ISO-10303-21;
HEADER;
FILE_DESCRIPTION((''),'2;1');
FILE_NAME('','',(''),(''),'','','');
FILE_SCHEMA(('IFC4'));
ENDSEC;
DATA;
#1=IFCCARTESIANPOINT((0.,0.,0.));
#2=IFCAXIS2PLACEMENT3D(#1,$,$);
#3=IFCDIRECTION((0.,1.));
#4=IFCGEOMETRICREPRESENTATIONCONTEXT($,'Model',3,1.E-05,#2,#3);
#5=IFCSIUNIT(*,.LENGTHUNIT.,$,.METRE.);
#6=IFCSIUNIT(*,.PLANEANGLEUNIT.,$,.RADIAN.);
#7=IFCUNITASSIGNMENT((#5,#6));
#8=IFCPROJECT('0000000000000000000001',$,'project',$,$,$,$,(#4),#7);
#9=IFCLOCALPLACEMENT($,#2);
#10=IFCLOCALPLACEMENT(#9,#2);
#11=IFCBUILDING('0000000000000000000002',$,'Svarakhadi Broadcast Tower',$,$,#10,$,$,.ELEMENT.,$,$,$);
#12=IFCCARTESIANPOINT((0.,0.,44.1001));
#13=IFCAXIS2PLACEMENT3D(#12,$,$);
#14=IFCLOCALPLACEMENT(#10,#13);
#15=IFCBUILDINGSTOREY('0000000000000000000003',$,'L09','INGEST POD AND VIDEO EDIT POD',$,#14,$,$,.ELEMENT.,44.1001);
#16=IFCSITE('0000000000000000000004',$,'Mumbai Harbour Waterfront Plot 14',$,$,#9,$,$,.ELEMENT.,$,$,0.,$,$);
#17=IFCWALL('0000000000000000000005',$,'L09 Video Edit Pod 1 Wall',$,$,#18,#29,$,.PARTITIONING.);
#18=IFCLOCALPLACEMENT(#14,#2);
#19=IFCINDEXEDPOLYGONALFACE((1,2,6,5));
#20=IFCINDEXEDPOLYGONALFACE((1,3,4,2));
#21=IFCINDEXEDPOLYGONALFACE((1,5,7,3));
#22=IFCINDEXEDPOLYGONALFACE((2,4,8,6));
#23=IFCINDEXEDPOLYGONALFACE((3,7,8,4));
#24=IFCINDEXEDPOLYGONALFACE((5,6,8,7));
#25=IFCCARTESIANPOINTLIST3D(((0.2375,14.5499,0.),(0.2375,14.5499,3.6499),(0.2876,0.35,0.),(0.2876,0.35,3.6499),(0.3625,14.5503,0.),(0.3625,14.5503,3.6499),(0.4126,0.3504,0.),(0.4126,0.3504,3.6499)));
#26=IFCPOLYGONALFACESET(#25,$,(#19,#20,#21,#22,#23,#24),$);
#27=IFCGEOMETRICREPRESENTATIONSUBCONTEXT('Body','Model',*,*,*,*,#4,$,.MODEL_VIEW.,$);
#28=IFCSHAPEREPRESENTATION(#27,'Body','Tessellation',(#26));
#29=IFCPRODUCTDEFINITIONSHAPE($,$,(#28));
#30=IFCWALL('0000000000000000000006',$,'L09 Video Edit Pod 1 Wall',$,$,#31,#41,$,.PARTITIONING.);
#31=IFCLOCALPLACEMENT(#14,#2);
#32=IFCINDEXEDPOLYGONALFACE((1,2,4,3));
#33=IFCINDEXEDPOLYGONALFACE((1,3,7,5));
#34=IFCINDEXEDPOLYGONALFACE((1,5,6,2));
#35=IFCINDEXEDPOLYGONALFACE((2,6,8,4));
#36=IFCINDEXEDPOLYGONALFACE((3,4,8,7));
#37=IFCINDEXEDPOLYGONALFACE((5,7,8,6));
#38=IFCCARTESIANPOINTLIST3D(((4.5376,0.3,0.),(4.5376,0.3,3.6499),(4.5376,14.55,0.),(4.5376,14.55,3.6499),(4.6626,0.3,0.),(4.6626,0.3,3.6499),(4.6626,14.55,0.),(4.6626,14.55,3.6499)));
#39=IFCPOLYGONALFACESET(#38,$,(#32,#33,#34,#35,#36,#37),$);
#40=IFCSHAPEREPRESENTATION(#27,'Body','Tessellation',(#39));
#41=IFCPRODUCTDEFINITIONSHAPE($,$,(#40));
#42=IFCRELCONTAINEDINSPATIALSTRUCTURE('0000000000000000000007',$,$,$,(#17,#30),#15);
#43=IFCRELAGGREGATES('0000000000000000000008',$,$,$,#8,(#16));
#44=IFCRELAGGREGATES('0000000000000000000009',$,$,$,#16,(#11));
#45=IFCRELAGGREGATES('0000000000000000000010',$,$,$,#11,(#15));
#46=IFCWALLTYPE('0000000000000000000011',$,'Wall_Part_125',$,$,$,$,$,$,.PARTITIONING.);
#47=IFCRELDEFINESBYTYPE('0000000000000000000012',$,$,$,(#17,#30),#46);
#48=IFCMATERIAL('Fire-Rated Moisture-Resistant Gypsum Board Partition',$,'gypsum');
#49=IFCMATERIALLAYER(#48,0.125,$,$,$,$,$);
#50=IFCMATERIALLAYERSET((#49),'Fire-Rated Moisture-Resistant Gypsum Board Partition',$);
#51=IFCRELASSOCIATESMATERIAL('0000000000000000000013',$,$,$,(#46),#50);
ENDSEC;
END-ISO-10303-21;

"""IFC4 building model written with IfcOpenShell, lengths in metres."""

from ifc_helpers import new_model, si_unit, direction, frame, frame_2d, origin, place, context, subcontext, project, spatial, rectangle, extrude, material, layer, layer_set, type_object, element, save


model = new_model("IFC4")

# Units and contexts
model_context = context("Model", 3, precision=1e-05, world=origin(), true_north=direction((0.0, 1.0)))
body_context = subcontext(model_context, "Body", "Model", "MODEL_VIEW")
ifc_project = project(units=[si_unit("LENGTHUNIT", "METRE"), si_unit("PLANEANGLEUNIT", "RADIAN")], contexts=[model_context])

# Site, building, storey
site_placement = place(None, origin())
site = spatial("IfcSite", under=ifc_project, at=site_placement, Name="Mumbai Harbour Waterfront Plot 14", CompositionType="ELEMENT", RefElevation=0.0)
building_placement = place(site_placement, origin())
building = spatial("IfcBuilding", under=site, at=building_placement, Name="Svarakhadi Broadcast Tower", CompositionType="ELEMENT")
storey_placement = place(building_placement, frame((0.0, 0.0, 44.1001)))
storey = spatial("IfcBuildingStorey", under=building, at=storey_placement, Name="L09", Description="INGEST POD AND VIDEO EDIT POD", CompositionType="ELEMENT", Elevation=44.1001)

# Walls
ifc_material_1 = material(Name="Fire-Rated Moisture-Resistant Gypsum Board Partition", Category="gypsum")
ifc_layer_1 = layer(ifc_material_1, 0.125)
ifc_layer_set_1 = layer_set([ifc_layer_1], Name="Fire-Rated Moisture-Resistant Gypsum Board Partition")
wall_type = type_object("IfcWallType", Name="Wall_Part_125", PredefinedType="PARTITIONING", material=ifc_layer_set_1)
wall_1_placement = place(storey_placement, frame((0.3501, 0.3501, 0.0), z_axis=(0.0, 0.0, 1.0), x_axis=(-0.003525, 0.999994, 0.0)))
element("IfcWall", 1, at=wall_1_placement, inside=storey, type_object=wall_type, Name="L09 Video Edit Pod 1 Wall", PredefinedType="PARTITIONING", context=body_context, shape_type="SweptSolid", body=[
    extrude(rectangle(XDim=14.2, YDim=0.125, at=frame_2d((7.1001, 0.0))), origin(), (0.0, 0.0, 1.0), 3.6499),
])
wall_2_placement = place(storey_placement, frame((4.6001, 0.3, 0.0), z_axis=(0.0, 0.0, 1.0), x_axis=(0.0, 1.0, 0.0)))
element("IfcWall", 2, at=wall_2_placement, inside=storey, type_object=wall_type, Name="L09 Video Edit Pod 1 Wall", PredefinedType="PARTITIONING", context=body_context, shape_type="SweptSolid", body=[
    extrude(rectangle(XDim=14.25, YDim=0.125, at=frame_2d((7.125, 0.0))), origin(), (0.0, 0.0, 1.0), 3.6499),
])

save(model, "model.ifc")
